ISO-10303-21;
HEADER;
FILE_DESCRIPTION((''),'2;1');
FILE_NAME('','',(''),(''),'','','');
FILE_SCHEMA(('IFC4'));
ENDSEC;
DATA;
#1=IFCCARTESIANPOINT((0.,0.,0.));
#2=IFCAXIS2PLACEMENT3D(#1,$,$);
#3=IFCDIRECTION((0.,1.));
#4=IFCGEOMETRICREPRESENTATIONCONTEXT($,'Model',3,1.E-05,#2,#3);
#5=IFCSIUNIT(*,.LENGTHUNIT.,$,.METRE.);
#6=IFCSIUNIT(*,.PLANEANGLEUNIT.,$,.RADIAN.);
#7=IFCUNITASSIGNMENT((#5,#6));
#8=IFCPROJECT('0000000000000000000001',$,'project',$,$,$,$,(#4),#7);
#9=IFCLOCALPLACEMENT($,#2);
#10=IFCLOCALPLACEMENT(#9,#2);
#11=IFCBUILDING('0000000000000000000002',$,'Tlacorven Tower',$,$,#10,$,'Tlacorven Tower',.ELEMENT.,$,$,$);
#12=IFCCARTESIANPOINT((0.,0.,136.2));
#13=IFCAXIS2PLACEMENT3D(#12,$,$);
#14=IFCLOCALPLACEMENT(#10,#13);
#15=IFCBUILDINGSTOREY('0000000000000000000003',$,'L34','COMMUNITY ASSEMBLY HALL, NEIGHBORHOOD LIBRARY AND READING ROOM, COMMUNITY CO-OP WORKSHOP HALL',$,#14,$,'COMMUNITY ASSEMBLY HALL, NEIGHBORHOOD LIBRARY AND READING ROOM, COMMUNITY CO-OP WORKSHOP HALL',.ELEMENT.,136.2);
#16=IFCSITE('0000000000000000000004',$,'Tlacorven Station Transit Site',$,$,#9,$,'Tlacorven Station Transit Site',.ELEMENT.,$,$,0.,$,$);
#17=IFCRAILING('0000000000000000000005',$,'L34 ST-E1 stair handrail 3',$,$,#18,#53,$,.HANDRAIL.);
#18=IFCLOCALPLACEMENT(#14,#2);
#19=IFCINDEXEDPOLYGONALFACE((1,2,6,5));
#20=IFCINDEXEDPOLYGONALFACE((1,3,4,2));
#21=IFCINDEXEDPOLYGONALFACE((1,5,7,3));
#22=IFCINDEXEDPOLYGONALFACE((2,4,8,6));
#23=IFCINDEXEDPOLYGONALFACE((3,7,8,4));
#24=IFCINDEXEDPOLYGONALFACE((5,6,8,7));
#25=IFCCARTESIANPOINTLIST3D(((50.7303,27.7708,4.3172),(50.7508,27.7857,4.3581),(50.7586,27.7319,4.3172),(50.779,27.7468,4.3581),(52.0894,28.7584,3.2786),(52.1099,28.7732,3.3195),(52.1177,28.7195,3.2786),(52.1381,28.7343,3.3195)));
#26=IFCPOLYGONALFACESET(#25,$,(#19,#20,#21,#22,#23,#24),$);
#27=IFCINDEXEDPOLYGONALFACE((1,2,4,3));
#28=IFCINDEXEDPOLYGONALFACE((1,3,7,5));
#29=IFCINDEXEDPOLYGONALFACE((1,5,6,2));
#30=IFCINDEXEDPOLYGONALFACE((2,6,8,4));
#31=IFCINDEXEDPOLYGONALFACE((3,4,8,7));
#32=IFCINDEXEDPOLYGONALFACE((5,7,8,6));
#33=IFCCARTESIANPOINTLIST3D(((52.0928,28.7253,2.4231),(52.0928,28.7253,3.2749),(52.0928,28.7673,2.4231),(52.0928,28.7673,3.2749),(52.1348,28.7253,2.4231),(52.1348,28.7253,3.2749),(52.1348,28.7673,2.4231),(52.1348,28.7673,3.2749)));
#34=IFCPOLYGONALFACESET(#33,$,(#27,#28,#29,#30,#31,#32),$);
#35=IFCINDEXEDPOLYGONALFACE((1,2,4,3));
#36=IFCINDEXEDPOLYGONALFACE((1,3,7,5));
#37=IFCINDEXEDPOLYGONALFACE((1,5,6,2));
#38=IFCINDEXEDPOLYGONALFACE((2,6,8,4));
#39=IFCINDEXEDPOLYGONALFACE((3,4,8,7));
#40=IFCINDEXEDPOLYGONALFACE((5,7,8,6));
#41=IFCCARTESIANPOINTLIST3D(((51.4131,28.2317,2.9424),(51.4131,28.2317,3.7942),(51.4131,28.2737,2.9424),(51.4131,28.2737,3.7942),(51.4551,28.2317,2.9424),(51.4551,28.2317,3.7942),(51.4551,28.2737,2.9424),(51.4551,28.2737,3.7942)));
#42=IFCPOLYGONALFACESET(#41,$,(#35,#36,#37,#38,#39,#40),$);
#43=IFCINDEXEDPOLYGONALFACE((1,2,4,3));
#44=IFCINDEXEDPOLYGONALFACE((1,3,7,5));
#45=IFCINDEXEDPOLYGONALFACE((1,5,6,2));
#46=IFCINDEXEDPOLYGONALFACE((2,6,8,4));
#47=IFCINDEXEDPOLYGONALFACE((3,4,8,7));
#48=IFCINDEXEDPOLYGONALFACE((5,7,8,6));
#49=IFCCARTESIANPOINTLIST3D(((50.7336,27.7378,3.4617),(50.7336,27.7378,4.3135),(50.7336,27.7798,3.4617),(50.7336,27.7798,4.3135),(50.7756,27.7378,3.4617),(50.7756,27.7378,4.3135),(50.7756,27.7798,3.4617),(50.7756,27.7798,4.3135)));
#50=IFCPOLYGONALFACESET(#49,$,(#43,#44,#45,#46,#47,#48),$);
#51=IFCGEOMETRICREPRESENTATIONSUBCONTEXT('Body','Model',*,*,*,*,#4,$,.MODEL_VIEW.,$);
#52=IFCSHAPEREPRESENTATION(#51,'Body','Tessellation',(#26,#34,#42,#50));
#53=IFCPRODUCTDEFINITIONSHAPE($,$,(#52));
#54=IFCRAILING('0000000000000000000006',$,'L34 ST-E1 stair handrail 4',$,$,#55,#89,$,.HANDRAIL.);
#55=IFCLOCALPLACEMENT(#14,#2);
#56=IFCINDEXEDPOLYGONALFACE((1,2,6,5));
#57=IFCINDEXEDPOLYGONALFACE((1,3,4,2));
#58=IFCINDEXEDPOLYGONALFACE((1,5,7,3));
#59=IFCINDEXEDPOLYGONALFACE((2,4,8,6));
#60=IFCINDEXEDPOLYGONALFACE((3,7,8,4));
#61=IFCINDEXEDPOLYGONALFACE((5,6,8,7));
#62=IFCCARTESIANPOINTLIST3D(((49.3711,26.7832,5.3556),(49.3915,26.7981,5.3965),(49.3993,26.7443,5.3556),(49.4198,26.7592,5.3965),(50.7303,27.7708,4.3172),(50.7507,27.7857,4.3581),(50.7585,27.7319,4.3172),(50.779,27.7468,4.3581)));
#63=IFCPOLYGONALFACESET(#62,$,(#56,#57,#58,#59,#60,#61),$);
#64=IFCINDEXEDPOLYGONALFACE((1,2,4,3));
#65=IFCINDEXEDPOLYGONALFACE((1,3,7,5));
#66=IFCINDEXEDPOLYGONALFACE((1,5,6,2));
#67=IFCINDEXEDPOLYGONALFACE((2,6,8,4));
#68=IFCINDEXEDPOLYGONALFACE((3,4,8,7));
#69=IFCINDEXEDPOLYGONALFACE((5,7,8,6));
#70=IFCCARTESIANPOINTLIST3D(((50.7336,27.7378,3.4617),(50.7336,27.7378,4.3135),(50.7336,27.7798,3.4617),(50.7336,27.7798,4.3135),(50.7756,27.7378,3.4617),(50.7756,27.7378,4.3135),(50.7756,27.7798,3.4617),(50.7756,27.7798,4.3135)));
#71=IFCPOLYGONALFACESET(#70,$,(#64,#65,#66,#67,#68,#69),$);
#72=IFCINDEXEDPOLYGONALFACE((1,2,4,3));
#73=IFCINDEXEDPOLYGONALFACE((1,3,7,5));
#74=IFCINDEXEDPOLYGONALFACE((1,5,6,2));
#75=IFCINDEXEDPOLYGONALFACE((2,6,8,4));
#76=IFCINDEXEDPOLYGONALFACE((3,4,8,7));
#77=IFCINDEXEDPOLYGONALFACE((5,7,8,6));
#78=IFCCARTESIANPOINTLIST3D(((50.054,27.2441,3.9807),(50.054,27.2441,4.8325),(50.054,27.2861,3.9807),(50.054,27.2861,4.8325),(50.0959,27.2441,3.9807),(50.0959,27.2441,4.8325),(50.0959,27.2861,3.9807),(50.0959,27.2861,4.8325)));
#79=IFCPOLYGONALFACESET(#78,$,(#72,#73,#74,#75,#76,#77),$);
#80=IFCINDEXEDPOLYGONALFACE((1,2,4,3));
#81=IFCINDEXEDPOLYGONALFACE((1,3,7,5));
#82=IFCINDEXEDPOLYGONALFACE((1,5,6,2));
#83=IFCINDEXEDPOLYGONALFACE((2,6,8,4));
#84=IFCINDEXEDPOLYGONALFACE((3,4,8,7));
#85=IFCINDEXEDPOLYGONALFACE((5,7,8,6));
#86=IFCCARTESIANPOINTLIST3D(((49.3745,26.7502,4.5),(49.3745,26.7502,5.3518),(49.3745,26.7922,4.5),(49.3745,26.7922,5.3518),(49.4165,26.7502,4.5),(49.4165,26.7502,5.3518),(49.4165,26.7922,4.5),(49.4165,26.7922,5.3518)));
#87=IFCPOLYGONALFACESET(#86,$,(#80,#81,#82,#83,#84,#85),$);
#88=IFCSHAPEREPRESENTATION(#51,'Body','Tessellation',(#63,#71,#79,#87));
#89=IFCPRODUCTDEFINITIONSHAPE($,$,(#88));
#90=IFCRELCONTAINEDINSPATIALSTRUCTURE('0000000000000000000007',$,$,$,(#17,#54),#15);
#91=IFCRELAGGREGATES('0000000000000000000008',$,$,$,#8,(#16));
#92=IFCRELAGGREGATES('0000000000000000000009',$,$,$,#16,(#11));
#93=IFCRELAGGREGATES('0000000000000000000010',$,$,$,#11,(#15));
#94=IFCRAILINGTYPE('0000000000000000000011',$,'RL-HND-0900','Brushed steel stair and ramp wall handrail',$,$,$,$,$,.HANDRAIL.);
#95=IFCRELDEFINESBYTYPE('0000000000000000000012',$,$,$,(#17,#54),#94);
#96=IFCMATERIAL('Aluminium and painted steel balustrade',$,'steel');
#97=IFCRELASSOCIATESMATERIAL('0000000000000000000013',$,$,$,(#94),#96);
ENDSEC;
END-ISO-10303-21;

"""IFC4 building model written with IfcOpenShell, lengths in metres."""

from ifc_helpers import new_model, si_unit, direction, frame, origin, origin_2d, place, context, subcontext, project, spatial, rectangle, extrude, source, transform, mapped, material, type_object, element, save


model = new_model("IFC4")

# Units and contexts
model_context = context("Model", 3, precision=1e-05, world=origin(), true_north=direction((0.0, 1.0)))
body_context = subcontext(model_context, "Body", "Model", "MODEL_VIEW")
ifc_project = project(units=[si_unit("LENGTHUNIT", "METRE"), si_unit("PLANEANGLEUNIT", "RADIAN")], contexts=[model_context])

# Site, building, storey
site_placement = place(None, origin())
site = spatial("IfcSite", under=ifc_project, at=site_placement, Name="Tlacorven Station Transit Site", LongName="Tlacorven Station Transit Site", CompositionType="ELEMENT", RefElevation=0.0)
building_placement = place(site_placement, origin())
building = spatial("IfcBuilding", under=site, at=building_placement, Name="Tlacorven Tower", LongName="Tlacorven Tower", CompositionType="ELEMENT")
storey_placement = place(building_placement, frame((0.0, 0.0, 136.2)))
storey = spatial("IfcBuildingStorey", under=building, at=storey_placement, Name="L34", Description="COMMUNITY ASSEMBLY HALL, NEIGHBORHOOD LIBRARY AND READING ROOM, COMMUNITY CO-OP WORKSHOP HALL", LongName="COMMUNITY ASSEMBLY HALL, NEIGHBORHOOD LIBRARY AND READING ROOM, COMMUNITY CO-OP WORKSHOP HALL", CompositionType="ELEMENT", Elevation=136.2)

# Shared definitions
ifc_material_1 = material(Name="Aluminium and painted steel balustrade", Category="steel")

# Railings
railing_type_1 = type_object("IfcRailingType", Name="RL-HND-0900", Description="Brushed steel stair and ramp wall handrail", PredefinedType="HANDRAIL", material=ifc_material_1)
shared_shape_1 = source(origin(), body_context, "Body", "SweptSolid", [
    extrude(rectangle(XDim=0.0481, YDim=0.0481, at=origin_2d()), frame((0.0, 0.0, 0.876), z_axis=(-0.688123, -0.499993, 0.525827), x_axis=(0.587817, -0.808994, 0.0)), (0.0, 0.0, 1.0), 1.9751),
    extrude(rectangle(XDim=0.042, YDim=0.042, at=origin_2d()), origin(), (0.0, 0.0, 1.0), 0.8518),
    extrude(rectangle(XDim=0.042, YDim=0.042, at=origin_2d()), frame((-0.6797, -0.4937, 0.5193)), (0.0, 0.0, 1.0), 0.8518),
    extrude(rectangle(XDim=0.042, YDim=0.042, at=origin_2d()), frame((-1.3591, -0.9875, 1.0386)), (0.0, 0.0, 1.0), 0.8518),
])
railing_1_placement = place(storey_placement, frame((52.1138, 28.7463, 2.4231)))
element("IfcRailing", 1, at=railing_1_placement, inside=storey, type_object=railing_type_1, Name="L34 ST-E1 stair handrail 3", PredefinedType="HANDRAIL", context=body_context, shape_type="MappedRepresentation", body=[
    mapped(shared_shape_1, transform((0.0, 0.0, 0.0), scale=1.0)),
])
shared_shape_2 = source(origin(), body_context, "Body", "SweptSolid", [
    extrude(rectangle(XDim=0.0481, YDim=0.0481, at=origin_2d()), frame((0.0, 0.0, 0.876), z_axis=(-0.688168, -0.500025, 0.525737), x_axis=(0.587817, -0.808994, 0.0)), (0.0, 0.0, 1.0), 1.9751),
    extrude(rectangle(XDim=0.042, YDim=0.042, at=origin_2d()), origin(), (0.0, 0.0, 1.0), 0.8518),
    extrude(rectangle(XDim=0.042, YDim=0.042, at=origin_2d()), frame((-0.6797, -0.4937, 0.519)), (0.0, 0.0, 1.0), 0.8518),
    extrude(rectangle(XDim=0.042, YDim=0.042, at=origin_2d()), frame((-1.3591, -0.9875, 1.0383)), (0.0, 0.0, 1.0), 0.8518),
])
railing_2_placement = place(storey_placement, frame((50.7546, 27.7588, 3.4617)))
element("IfcRailing", 2, at=railing_2_placement, inside=storey, type_object=railing_type_1, Name="L34 ST-E1 stair handrail 4", PredefinedType="HANDRAIL", context=body_context, shape_type="MappedRepresentation", body=[
    mapped(shared_shape_2, transform((0.0, 0.0, 0.0), scale=1.0)),
])

save(model, "model.ifc")
